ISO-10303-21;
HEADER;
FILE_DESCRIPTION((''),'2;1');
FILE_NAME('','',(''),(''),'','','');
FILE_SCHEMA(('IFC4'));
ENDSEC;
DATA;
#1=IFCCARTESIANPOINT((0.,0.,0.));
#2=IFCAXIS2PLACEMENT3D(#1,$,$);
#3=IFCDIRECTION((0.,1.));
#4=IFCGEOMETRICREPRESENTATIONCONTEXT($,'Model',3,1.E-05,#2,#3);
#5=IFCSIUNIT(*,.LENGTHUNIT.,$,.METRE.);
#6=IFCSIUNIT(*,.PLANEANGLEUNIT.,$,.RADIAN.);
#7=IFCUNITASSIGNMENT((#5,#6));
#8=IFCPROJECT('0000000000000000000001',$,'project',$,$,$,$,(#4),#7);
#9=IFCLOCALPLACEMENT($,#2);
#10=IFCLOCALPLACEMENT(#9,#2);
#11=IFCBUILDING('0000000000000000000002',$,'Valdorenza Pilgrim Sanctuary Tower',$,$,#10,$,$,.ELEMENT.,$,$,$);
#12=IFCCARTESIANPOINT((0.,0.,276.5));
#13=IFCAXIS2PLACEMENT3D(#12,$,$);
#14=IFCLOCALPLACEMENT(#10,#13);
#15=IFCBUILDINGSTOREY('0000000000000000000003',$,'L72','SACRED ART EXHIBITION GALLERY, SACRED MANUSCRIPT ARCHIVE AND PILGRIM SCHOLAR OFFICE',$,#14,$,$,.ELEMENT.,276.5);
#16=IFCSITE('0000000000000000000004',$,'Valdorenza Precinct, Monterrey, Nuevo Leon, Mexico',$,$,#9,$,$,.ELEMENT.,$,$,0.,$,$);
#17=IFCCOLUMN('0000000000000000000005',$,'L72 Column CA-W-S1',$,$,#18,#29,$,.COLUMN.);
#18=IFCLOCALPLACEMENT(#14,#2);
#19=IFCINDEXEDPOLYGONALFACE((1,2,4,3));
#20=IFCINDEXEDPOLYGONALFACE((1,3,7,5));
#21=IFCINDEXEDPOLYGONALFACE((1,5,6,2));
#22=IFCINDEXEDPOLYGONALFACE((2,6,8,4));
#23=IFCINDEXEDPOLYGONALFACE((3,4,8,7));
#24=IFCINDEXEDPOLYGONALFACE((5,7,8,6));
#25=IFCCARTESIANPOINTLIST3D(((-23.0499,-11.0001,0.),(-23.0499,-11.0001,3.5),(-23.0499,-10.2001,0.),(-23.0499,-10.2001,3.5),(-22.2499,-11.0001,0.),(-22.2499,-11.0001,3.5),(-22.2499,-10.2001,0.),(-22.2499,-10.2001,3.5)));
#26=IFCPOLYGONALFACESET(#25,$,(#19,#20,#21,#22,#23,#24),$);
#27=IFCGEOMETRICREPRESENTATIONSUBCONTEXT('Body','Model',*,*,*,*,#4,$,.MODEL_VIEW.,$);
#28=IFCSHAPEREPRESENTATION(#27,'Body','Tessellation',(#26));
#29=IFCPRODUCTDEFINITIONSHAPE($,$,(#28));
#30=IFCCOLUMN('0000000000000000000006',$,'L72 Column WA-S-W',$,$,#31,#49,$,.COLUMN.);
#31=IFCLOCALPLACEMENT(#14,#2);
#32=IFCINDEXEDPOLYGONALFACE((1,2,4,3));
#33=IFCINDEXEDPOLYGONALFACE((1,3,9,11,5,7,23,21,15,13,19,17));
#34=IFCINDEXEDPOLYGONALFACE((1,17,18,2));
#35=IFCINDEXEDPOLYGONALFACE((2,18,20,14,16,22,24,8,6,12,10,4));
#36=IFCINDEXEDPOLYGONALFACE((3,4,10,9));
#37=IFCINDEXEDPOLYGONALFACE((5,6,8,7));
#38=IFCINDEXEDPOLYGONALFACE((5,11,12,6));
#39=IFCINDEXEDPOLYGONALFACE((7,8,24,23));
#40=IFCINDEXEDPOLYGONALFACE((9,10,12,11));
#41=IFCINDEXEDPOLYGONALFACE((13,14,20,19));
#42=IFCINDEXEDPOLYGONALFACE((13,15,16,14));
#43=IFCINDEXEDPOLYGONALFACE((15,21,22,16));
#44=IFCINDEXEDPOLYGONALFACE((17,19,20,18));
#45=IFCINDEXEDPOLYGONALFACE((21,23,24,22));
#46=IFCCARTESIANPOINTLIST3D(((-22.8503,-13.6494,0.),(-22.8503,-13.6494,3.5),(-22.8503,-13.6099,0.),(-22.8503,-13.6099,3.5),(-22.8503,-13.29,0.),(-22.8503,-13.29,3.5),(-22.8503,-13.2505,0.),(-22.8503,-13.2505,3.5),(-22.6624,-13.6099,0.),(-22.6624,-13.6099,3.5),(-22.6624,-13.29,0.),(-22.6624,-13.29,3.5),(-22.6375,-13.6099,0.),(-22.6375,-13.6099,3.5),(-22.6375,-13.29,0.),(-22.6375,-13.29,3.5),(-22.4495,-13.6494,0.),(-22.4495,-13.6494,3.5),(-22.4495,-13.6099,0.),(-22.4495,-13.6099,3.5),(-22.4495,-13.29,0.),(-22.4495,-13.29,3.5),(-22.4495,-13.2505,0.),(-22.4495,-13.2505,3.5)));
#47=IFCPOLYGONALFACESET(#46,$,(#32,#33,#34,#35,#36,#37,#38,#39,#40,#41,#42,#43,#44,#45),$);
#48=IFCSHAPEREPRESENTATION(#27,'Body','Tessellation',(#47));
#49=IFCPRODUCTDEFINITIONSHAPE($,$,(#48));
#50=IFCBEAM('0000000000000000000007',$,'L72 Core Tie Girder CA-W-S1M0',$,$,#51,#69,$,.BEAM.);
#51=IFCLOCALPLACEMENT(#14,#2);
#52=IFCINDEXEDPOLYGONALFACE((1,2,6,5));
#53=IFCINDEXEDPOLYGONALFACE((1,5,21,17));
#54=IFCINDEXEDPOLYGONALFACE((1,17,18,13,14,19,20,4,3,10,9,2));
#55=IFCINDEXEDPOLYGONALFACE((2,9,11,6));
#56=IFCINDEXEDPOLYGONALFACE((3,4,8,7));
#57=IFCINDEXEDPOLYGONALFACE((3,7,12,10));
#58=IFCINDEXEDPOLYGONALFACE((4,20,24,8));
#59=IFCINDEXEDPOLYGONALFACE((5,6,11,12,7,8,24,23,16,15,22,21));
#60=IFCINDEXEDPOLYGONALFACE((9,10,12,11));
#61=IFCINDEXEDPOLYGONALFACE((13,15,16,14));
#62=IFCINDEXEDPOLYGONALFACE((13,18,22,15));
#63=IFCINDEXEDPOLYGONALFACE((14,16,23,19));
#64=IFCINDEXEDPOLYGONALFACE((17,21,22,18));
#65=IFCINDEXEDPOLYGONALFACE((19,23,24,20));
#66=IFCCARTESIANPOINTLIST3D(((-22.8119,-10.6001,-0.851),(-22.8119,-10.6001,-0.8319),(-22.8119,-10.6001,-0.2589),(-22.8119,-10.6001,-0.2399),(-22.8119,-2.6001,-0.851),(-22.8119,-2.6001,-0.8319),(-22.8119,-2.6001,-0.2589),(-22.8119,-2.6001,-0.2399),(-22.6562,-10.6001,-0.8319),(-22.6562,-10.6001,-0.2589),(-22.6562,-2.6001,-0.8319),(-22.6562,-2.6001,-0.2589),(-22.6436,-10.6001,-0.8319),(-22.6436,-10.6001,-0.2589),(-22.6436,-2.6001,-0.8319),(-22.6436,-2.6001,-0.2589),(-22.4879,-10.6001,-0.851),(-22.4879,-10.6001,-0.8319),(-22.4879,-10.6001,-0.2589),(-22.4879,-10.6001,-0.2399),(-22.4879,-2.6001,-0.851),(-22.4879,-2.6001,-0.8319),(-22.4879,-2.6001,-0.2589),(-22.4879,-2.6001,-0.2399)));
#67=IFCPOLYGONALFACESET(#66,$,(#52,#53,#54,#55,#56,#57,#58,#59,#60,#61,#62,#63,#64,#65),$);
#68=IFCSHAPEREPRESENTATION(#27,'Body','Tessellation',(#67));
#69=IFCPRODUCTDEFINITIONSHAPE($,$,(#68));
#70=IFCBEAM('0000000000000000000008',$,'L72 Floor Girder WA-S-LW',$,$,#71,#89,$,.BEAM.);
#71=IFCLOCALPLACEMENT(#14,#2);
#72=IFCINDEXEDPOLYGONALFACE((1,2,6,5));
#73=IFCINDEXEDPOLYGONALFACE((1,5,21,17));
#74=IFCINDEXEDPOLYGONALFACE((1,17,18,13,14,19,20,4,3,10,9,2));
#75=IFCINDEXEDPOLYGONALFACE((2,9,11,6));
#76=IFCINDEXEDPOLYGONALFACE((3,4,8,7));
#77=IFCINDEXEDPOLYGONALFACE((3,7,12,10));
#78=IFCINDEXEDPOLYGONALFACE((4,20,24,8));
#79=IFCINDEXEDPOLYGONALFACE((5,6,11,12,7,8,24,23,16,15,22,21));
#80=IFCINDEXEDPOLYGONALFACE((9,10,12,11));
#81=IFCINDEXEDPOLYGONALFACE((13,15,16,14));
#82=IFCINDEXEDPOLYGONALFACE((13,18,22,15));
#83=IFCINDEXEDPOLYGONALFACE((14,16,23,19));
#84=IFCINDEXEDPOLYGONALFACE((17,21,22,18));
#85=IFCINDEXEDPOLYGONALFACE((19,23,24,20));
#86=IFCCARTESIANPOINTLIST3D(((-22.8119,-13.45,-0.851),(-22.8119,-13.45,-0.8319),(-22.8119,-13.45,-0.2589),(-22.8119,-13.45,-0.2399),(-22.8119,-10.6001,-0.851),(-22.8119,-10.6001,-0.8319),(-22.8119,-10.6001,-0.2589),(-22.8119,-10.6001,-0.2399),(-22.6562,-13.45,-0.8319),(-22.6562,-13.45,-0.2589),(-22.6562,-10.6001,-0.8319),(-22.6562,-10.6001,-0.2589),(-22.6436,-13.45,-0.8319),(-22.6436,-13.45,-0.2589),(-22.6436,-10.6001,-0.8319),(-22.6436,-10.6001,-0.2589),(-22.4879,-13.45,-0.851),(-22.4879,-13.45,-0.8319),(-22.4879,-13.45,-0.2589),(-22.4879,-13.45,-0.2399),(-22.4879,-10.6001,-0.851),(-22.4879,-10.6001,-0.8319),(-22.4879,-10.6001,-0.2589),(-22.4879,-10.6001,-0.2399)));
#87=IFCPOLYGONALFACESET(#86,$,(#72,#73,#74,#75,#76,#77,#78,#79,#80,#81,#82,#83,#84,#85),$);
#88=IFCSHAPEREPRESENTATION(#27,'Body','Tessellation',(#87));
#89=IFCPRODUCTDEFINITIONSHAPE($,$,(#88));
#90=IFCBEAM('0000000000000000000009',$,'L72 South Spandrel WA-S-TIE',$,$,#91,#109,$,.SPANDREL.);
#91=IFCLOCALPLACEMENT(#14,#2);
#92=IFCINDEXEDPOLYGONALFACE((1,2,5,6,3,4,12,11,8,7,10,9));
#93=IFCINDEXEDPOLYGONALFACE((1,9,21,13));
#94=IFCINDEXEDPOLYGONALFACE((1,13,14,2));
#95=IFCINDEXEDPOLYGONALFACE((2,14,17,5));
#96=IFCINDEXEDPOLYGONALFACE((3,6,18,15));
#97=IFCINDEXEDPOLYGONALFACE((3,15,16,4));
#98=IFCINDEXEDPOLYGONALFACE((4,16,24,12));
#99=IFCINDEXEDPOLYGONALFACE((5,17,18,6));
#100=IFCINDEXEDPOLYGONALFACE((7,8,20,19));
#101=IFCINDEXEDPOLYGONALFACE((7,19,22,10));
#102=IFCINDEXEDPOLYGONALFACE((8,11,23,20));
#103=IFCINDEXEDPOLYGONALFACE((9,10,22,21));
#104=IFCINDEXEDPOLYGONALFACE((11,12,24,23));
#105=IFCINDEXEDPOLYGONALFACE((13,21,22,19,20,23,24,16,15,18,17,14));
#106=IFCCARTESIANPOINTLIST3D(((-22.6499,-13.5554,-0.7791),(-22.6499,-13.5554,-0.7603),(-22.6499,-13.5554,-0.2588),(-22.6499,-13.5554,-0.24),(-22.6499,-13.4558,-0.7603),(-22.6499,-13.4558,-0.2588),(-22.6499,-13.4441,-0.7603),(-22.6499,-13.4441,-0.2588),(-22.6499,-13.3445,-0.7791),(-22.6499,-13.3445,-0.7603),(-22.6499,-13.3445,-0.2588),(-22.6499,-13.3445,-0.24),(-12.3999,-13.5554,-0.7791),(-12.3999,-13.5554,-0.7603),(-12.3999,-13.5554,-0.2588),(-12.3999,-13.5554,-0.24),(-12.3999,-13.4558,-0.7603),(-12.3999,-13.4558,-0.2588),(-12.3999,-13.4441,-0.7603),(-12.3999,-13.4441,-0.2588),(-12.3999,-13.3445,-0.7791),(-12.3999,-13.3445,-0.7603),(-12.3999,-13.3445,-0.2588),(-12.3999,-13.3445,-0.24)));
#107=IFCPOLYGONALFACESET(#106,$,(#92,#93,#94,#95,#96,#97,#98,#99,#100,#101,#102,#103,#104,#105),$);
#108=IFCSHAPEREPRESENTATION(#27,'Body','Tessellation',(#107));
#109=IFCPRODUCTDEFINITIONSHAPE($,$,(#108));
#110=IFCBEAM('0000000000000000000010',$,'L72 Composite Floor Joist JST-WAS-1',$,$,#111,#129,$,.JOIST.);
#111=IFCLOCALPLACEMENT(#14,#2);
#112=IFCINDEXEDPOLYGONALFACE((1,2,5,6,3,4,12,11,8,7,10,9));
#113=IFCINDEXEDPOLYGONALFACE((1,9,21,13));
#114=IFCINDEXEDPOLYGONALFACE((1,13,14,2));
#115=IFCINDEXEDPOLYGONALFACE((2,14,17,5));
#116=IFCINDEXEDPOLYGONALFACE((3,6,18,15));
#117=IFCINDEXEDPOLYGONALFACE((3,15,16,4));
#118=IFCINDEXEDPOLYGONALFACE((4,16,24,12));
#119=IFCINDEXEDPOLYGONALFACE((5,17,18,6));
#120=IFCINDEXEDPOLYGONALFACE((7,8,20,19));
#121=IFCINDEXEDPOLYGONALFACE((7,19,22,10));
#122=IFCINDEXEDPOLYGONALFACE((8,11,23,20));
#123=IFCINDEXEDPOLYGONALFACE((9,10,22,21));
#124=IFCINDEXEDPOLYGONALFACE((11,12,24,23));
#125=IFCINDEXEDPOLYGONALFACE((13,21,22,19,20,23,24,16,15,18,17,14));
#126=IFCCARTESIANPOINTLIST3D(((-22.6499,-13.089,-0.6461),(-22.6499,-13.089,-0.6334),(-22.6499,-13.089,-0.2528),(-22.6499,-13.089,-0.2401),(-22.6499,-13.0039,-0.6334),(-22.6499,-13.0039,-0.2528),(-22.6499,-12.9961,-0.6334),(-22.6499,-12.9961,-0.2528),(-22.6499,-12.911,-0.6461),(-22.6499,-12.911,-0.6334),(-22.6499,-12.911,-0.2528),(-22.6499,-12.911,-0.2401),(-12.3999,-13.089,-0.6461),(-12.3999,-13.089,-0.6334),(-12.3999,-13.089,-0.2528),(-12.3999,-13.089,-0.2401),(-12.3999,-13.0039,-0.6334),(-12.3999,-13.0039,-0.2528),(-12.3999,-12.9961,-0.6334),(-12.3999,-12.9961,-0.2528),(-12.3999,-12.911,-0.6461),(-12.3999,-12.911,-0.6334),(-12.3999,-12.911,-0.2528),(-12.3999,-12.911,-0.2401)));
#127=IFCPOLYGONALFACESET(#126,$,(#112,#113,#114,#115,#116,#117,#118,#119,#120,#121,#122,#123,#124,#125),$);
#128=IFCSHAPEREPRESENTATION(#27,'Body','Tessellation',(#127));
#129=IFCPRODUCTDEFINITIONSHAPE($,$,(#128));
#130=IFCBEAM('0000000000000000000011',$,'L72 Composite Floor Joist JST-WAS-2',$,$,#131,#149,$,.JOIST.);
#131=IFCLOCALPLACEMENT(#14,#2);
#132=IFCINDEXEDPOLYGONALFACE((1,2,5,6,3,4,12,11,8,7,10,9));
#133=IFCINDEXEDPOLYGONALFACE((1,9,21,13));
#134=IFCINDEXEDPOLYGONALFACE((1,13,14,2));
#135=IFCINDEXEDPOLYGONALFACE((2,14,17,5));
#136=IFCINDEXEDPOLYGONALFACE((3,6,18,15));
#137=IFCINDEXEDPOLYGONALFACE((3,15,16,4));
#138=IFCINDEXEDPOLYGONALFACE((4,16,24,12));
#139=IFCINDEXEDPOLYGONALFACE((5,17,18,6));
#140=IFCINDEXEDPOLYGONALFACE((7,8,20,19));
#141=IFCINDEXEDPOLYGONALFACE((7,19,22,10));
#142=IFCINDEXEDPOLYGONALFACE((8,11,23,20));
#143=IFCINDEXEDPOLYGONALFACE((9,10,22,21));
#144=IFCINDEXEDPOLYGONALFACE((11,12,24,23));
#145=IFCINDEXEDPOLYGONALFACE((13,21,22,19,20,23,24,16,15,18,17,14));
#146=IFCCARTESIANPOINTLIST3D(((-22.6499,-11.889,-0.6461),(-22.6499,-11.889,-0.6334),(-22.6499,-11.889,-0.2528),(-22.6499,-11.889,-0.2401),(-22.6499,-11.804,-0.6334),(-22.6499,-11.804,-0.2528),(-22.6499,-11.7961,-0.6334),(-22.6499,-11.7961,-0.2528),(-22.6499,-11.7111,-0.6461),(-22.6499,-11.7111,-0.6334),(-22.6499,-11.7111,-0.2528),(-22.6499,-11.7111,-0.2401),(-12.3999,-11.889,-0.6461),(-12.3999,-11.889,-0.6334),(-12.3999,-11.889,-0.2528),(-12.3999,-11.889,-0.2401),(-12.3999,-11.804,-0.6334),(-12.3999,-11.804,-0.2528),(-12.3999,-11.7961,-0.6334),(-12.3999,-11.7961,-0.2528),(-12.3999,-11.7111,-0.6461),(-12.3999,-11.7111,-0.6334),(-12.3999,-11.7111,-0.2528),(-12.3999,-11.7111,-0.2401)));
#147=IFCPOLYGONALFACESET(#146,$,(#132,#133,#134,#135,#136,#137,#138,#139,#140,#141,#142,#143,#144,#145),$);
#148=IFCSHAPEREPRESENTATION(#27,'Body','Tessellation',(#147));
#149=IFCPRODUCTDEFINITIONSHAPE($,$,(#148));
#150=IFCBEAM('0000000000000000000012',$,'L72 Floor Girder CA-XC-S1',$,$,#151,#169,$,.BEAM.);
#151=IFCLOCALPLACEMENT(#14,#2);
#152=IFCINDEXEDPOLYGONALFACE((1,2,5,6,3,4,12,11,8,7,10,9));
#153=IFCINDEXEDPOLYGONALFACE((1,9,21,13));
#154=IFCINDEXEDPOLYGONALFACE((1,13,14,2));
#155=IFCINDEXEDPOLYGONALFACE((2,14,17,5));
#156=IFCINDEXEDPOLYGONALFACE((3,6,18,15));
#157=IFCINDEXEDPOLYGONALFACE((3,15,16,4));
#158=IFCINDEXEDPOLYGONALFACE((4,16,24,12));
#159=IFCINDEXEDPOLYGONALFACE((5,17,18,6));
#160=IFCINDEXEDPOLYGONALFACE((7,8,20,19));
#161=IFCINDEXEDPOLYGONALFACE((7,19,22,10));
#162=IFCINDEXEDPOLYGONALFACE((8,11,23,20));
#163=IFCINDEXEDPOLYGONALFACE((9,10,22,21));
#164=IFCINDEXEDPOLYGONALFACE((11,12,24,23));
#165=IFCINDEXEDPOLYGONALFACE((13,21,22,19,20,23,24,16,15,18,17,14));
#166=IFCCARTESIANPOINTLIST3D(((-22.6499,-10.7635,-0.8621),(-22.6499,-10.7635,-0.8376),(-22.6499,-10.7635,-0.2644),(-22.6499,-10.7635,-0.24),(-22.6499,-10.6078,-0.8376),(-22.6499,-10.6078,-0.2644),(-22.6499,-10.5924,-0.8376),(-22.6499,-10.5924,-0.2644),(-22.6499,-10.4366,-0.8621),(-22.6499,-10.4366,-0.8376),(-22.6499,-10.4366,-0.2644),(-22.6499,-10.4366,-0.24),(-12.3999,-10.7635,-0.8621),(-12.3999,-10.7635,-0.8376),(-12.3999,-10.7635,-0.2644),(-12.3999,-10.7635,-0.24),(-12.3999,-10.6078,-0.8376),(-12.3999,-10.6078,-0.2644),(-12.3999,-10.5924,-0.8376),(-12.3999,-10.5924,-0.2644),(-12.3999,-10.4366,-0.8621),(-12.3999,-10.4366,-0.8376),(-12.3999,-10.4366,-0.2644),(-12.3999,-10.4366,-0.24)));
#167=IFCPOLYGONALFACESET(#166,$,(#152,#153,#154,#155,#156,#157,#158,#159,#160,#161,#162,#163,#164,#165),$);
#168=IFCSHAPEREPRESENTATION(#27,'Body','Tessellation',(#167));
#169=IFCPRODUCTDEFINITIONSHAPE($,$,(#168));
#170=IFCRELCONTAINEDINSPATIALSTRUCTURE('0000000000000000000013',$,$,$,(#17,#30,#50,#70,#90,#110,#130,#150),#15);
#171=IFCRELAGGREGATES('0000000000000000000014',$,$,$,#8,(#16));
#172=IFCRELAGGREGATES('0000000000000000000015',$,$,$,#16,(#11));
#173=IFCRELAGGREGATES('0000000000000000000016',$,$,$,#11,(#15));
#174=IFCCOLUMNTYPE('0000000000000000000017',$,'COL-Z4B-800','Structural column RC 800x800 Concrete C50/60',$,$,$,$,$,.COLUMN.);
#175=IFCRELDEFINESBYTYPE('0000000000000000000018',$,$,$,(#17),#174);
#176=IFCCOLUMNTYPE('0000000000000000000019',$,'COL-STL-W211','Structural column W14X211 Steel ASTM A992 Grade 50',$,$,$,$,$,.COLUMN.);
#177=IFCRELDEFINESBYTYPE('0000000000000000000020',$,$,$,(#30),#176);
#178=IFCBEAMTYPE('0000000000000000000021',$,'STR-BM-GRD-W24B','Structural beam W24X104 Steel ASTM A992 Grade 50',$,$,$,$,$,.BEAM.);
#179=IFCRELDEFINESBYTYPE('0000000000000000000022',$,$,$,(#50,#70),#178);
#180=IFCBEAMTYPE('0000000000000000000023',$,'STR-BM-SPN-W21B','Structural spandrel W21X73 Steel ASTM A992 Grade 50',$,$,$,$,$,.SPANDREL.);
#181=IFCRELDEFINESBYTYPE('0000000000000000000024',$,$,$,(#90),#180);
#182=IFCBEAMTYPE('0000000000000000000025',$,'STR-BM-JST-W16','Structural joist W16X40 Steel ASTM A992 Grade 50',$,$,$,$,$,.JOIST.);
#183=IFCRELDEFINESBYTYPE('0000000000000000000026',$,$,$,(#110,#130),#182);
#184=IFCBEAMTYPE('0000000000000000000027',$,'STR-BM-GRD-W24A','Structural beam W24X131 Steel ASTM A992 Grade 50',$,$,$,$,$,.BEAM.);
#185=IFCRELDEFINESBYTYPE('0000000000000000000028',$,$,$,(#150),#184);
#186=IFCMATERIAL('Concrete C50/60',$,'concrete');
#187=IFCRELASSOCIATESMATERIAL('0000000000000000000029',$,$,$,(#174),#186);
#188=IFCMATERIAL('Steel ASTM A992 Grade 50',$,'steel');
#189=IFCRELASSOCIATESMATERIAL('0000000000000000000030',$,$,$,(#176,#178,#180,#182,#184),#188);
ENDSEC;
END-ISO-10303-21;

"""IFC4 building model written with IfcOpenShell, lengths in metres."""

from ifc_helpers import new_model, si_unit, direction, frame, origin, origin_2d, place, context, subcontext, project, spatial, rectangle, i_section, extrude, source, transform, mapped, material, material_profile, profile_set, type_object, element, save


model = new_model("IFC4")

# Units and contexts
model_context = context("Model", 3, precision=1e-05, world=origin(), true_north=direction((0.0, 1.0)))
body_context = subcontext(model_context, "Body", "Model", "MODEL_VIEW")
ifc_project = project(units=[si_unit("LENGTHUNIT", "METRE"), si_unit("PLANEANGLEUNIT", "RADIAN")], contexts=[model_context])

# Site, building, storey
site_placement = place(None, origin())
site = spatial("IfcSite", under=ifc_project, at=site_placement, Name="Valdorenza Precinct, Monterrey, Nuevo Leon, Mexico", CompositionType="ELEMENT", RefElevation=0.0)
building_placement = place(site_placement, origin())
building = spatial("IfcBuilding", under=site, at=building_placement, Name="Valdorenza Pilgrim Sanctuary Tower", CompositionType="ELEMENT")
storey_placement = place(building_placement, frame((0.0, 0.0, 276.5)))
storey = spatial("IfcBuildingStorey", under=building, at=storey_placement, Name="L72", Description="SACRED ART EXHIBITION GALLERY, SACRED MANUSCRIPT ARCHIVE AND PILGRIM SCHOLAR OFFICE", CompositionType="ELEMENT", Elevation=276.5)

# Columns
ifc_material_1 = material(Name="Concrete C50/60", Category="concrete")
ifc_material_profile_1 = material_profile(ifc_material_1, rectangle(XDim=0.8, YDim=0.8, at=origin_2d()), Name="RC 800x800")
ifc_profile_set_1 = profile_set([ifc_material_profile_1], Name="Concrete C50/60")
column_type_1 = type_object("IfcColumnType", Name="COL-Z4B-800", Description="Structural column RC 800x800 Concrete C50/60", PredefinedType="COLUMN", material=ifc_profile_set_1)
shared_shape_1 = source(origin(), body_context, "Body", "SweptSolid", [
    extrude(rectangle(XDim=0.8, YDim=0.8, at=origin_2d()), origin(), (0.0, 0.0, 1.0), 3.5),
])
column_1_placement = place(storey_placement, frame((-22.6499, -10.6001, 0.0), z_axis=(0.0, 0.0, 1.0), x_axis=(1.0, 0.0, 0.0)))
element("IfcColumn", 1, at=column_1_placement, inside=storey, type_object=column_type_1, Name="L72 Column CA-W-S1", PredefinedType="COLUMN", context=body_context, shape_type="MappedRepresentation", body=[
    mapped(shared_shape_1, transform((0.0, 0.0, 0.0), x_axis=(1.0, 0.0, 0.0), y_axis=(0.0, 1.0, 0.0), z_axis=(0.0, 0.0, 1.0), scale=1.0)),
])
ifc_material_2 = material(Name="Steel ASTM A992 Grade 50", Category="steel")
ifc_material_profile_2 = material_profile(ifc_material_2, i_section(OverallWidth=0.4009, OverallDepth=0.3989, WebThickness=0.0249, FlangeThickness=0.0396, at=origin_2d()), Name="W14X211")
ifc_profile_set_2 = profile_set([ifc_material_profile_2], Name="Steel ASTM A992 Grade 50")
column_type_2 = type_object("IfcColumnType", Name="COL-STL-W211", Description="Structural column W14X211 Steel ASTM A992 Grade 50", PredefinedType="COLUMN", material=ifc_profile_set_2)
shared_shape_2 = source(origin(), body_context, "Body", "SweptSolid", [
    extrude(i_section(OverallWidth=0.4009, OverallDepth=0.3989, WebThickness=0.0249, FlangeThickness=0.0396, at=origin_2d()), origin(), (0.0, 0.0, 1.0), 3.5),
])
column_2_placement = place(storey_placement, frame((-22.6499, -13.45, 0.0), z_axis=(0.0, 0.0, 1.0), x_axis=(1.0, 0.0, 0.0)))
element("IfcColumn", 2, at=column_2_placement, inside=storey, type_object=column_type_2, Name="L72 Column WA-S-W", PredefinedType="COLUMN", context=body_context, shape_type="MappedRepresentation", body=[
    mapped(shared_shape_2, transform((0.0, 0.0, 0.0), x_axis=(1.0, 0.0, 0.0), y_axis=(0.0, 1.0, 0.0), z_axis=(0.0, 0.0, 1.0), scale=1.0)),
])

# Beams
ifc_material_profile_3 = material_profile(ifc_material_2, i_section(OverallWidth=0.324, OverallDepth=0.6111, WebThickness=0.0127, FlangeThickness=0.019, at=origin_2d()), Name="W24X104")
ifc_profile_set_3 = profile_set([ifc_material_profile_3], Name="Steel ASTM A992 Grade 50")
beam_type_1 = type_object("IfcBeamType", Name="STR-BM-GRD-W24B", Description="Structural beam W24X104 Steel ASTM A992 Grade 50", PredefinedType="BEAM", material=ifc_profile_set_3)
shared_shape_3 = source(origin(), body_context, "Body", "SweptSolid", [
    extrude(i_section(OverallWidth=0.324, OverallDepth=0.6111, WebThickness=0.0127, FlangeThickness=0.019, at=origin_2d()), origin(), (0.0, 0.0, 1.0), 8.0),
])
beam_1_placement = place(storey_placement, frame((-22.6499, -10.6001, -0.5454), z_axis=(0.0, 1.0, 0.0), x_axis=(-1.0, 0.0, 0.0)))
element("IfcBeam", 3, at=beam_1_placement, inside=storey, type_object=beam_type_1, Name="L72 Core Tie Girder CA-W-S1M0", PredefinedType="BEAM", context=body_context, shape_type="MappedRepresentation", body=[
    mapped(shared_shape_3, transform((0.0, 0.0, 0.0), x_axis=(1.0, 0.0, 0.0), y_axis=(0.0, 1.0, 0.0), z_axis=(0.0, 0.0, 1.0), scale=1.0)),
])
shared_shape_4 = source(origin(), body_context, "Body", "SweptSolid", [
    extrude(i_section(OverallWidth=0.324, OverallDepth=0.6111, WebThickness=0.0127, FlangeThickness=0.019, at=origin_2d()), origin(), (0.0, 0.0, 1.0), 2.8499),
])
beam_2_placement = place(storey_placement, frame((-22.6499, -13.45, -0.5454), z_axis=(0.0, 1.0, 0.0), x_axis=(-1.0, 0.0, 0.0)))
element("IfcBeam", 4, at=beam_2_placement, inside=storey, type_object=beam_type_1, Name="L72 Floor Girder WA-S-LW", PredefinedType="BEAM", context=body_context, shape_type="MappedRepresentation", body=[
    mapped(shared_shape_4, transform((0.0, 0.0, 0.0), x_axis=(1.0, 0.0, 0.0), y_axis=(0.0, 1.0, 0.0), z_axis=(0.0, 0.0, 1.0), scale=1.0)),
])
ifc_material_profile_4 = material_profile(ifc_material_2, i_section(OverallWidth=0.2109, OverallDepth=0.5391, WebThickness=0.0117, FlangeThickness=0.0188, at=origin_2d()), Name="W21X73")
ifc_profile_set_4 = profile_set([ifc_material_profile_4], Name="Steel ASTM A992 Grade 50")
beam_type_2 = type_object("IfcBeamType", Name="STR-BM-SPN-W21B", Description="Structural spandrel W21X73 Steel ASTM A992 Grade 50", PredefinedType="SPANDREL", material=ifc_profile_set_4)
shared_shape_5 = source(origin(), body_context, "Body", "SweptSolid", [
    extrude(i_section(OverallWidth=0.2109, OverallDepth=0.5391, WebThickness=0.0117, FlangeThickness=0.0188, at=origin_2d()), origin(), (0.0, 0.0, 1.0), 10.25),
])
beam_3_placement = place(storey_placement, frame((-22.6499, -13.45, -0.5095), z_axis=(1.0, 0.0, 0.0), x_axis=(0.0, 1.0, 0.0)))
element("IfcBeam", 5, at=beam_3_placement, inside=storey, type_object=beam_type_2, Name="L72 South Spandrel WA-S-TIE", PredefinedType="SPANDREL", context=body_context, shape_type="MappedRepresentation", body=[
    mapped(shared_shape_5, transform((0.0, 0.0, 0.0), x_axis=(1.0, 0.0, 0.0), y_axis=(0.0, 1.0, 0.0), z_axis=(0.0, 0.0, 1.0), scale=1.0)),
])
ifc_material_profile_5 = material_profile(ifc_material_2, i_section(OverallWidth=0.178, OverallDepth=0.406, WebThickness=0.0078, FlangeThickness=0.0127, at=origin_2d()), Name="W16X40")
ifc_profile_set_5 = profile_set([ifc_material_profile_5], Name="Steel ASTM A992 Grade 50")
beam_type_3 = type_object("IfcBeamType", Name="STR-BM-JST-W16", Description="Structural joist W16X40 Steel ASTM A992 Grade 50", PredefinedType="JOIST", material=ifc_profile_set_5)
shared_shape_6 = source(origin(), body_context, "Body", "SweptSolid", [
    extrude(i_section(OverallWidth=0.178, OverallDepth=0.406, WebThickness=0.0078, FlangeThickness=0.0127, at=origin_2d()), origin(), (0.0, 0.0, 1.0), 10.25),
])
for number, where, z_axis, x_axis, name in (
    (6, (-22.6499, -13.0, -0.4431), (1.0, 0.0, 0.0), (0.0, 1.0, 0.0), "L72 Composite Floor Joist JST-WAS-1"),
    (7, (-22.6499, -11.8, -0.4431), (1.0, 0.0, 0.0), (0.0, 1.0, 0.0), "L72 Composite Floor Joist JST-WAS-2"),
):
    element("IfcBeam", number, at=place(storey_placement, frame(where, z_axis=z_axis, x_axis=x_axis)), inside=storey, type_object=beam_type_3, Name=name, PredefinedType="JOIST", context=body_context, shape_type="MappedRepresentation", body=[
        mapped(shared_shape_6, transform((0.0, 0.0, 0.0), x_axis=(1.0, 0.0, 0.0), y_axis=(0.0, 1.0, 0.0), z_axis=(0.0, 0.0, 1.0), scale=1.0)),
    ])
ifc_material_profile_6 = material_profile(ifc_material_2, i_section(OverallWidth=0.3269, OverallDepth=0.6221, WebThickness=0.0154, FlangeThickness=0.0244, at=origin_2d()), Name="W24X131")
ifc_profile_set_6 = profile_set([ifc_material_profile_6], Name="Steel ASTM A992 Grade 50")
beam_type_4 = type_object("IfcBeamType", Name="STR-BM-GRD-W24A", Description="Structural beam W24X131 Steel ASTM A992 Grade 50", PredefinedType="BEAM", material=ifc_profile_set_6)
shared_shape_7 = source(origin(), body_context, "Body", "SweptSolid", [
    extrude(i_section(OverallWidth=0.3269, OverallDepth=0.6221, WebThickness=0.0154, FlangeThickness=0.0244, at=origin_2d()), origin(), (0.0, 0.0, 1.0), 10.25),
])
beam_4_placement = place(storey_placement, frame((-22.6499, -10.6001, -0.551), z_axis=(1.0, 0.0, 0.0), x_axis=(0.0, 1.0, 0.0)))
element("IfcBeam", 8, at=beam_4_placement, inside=storey, type_object=beam_type_4, Name="L72 Floor Girder CA-XC-S1", PredefinedType="BEAM", context=body_context, shape_type="MappedRepresentation", body=[
    mapped(shared_shape_7, transform((0.0, 0.0, 0.0), x_axis=(1.0, 0.0, 0.0), y_axis=(0.0, 1.0, 0.0), z_axis=(0.0, 0.0, 1.0), scale=1.0)),
])

save(model, "model.ifc")
